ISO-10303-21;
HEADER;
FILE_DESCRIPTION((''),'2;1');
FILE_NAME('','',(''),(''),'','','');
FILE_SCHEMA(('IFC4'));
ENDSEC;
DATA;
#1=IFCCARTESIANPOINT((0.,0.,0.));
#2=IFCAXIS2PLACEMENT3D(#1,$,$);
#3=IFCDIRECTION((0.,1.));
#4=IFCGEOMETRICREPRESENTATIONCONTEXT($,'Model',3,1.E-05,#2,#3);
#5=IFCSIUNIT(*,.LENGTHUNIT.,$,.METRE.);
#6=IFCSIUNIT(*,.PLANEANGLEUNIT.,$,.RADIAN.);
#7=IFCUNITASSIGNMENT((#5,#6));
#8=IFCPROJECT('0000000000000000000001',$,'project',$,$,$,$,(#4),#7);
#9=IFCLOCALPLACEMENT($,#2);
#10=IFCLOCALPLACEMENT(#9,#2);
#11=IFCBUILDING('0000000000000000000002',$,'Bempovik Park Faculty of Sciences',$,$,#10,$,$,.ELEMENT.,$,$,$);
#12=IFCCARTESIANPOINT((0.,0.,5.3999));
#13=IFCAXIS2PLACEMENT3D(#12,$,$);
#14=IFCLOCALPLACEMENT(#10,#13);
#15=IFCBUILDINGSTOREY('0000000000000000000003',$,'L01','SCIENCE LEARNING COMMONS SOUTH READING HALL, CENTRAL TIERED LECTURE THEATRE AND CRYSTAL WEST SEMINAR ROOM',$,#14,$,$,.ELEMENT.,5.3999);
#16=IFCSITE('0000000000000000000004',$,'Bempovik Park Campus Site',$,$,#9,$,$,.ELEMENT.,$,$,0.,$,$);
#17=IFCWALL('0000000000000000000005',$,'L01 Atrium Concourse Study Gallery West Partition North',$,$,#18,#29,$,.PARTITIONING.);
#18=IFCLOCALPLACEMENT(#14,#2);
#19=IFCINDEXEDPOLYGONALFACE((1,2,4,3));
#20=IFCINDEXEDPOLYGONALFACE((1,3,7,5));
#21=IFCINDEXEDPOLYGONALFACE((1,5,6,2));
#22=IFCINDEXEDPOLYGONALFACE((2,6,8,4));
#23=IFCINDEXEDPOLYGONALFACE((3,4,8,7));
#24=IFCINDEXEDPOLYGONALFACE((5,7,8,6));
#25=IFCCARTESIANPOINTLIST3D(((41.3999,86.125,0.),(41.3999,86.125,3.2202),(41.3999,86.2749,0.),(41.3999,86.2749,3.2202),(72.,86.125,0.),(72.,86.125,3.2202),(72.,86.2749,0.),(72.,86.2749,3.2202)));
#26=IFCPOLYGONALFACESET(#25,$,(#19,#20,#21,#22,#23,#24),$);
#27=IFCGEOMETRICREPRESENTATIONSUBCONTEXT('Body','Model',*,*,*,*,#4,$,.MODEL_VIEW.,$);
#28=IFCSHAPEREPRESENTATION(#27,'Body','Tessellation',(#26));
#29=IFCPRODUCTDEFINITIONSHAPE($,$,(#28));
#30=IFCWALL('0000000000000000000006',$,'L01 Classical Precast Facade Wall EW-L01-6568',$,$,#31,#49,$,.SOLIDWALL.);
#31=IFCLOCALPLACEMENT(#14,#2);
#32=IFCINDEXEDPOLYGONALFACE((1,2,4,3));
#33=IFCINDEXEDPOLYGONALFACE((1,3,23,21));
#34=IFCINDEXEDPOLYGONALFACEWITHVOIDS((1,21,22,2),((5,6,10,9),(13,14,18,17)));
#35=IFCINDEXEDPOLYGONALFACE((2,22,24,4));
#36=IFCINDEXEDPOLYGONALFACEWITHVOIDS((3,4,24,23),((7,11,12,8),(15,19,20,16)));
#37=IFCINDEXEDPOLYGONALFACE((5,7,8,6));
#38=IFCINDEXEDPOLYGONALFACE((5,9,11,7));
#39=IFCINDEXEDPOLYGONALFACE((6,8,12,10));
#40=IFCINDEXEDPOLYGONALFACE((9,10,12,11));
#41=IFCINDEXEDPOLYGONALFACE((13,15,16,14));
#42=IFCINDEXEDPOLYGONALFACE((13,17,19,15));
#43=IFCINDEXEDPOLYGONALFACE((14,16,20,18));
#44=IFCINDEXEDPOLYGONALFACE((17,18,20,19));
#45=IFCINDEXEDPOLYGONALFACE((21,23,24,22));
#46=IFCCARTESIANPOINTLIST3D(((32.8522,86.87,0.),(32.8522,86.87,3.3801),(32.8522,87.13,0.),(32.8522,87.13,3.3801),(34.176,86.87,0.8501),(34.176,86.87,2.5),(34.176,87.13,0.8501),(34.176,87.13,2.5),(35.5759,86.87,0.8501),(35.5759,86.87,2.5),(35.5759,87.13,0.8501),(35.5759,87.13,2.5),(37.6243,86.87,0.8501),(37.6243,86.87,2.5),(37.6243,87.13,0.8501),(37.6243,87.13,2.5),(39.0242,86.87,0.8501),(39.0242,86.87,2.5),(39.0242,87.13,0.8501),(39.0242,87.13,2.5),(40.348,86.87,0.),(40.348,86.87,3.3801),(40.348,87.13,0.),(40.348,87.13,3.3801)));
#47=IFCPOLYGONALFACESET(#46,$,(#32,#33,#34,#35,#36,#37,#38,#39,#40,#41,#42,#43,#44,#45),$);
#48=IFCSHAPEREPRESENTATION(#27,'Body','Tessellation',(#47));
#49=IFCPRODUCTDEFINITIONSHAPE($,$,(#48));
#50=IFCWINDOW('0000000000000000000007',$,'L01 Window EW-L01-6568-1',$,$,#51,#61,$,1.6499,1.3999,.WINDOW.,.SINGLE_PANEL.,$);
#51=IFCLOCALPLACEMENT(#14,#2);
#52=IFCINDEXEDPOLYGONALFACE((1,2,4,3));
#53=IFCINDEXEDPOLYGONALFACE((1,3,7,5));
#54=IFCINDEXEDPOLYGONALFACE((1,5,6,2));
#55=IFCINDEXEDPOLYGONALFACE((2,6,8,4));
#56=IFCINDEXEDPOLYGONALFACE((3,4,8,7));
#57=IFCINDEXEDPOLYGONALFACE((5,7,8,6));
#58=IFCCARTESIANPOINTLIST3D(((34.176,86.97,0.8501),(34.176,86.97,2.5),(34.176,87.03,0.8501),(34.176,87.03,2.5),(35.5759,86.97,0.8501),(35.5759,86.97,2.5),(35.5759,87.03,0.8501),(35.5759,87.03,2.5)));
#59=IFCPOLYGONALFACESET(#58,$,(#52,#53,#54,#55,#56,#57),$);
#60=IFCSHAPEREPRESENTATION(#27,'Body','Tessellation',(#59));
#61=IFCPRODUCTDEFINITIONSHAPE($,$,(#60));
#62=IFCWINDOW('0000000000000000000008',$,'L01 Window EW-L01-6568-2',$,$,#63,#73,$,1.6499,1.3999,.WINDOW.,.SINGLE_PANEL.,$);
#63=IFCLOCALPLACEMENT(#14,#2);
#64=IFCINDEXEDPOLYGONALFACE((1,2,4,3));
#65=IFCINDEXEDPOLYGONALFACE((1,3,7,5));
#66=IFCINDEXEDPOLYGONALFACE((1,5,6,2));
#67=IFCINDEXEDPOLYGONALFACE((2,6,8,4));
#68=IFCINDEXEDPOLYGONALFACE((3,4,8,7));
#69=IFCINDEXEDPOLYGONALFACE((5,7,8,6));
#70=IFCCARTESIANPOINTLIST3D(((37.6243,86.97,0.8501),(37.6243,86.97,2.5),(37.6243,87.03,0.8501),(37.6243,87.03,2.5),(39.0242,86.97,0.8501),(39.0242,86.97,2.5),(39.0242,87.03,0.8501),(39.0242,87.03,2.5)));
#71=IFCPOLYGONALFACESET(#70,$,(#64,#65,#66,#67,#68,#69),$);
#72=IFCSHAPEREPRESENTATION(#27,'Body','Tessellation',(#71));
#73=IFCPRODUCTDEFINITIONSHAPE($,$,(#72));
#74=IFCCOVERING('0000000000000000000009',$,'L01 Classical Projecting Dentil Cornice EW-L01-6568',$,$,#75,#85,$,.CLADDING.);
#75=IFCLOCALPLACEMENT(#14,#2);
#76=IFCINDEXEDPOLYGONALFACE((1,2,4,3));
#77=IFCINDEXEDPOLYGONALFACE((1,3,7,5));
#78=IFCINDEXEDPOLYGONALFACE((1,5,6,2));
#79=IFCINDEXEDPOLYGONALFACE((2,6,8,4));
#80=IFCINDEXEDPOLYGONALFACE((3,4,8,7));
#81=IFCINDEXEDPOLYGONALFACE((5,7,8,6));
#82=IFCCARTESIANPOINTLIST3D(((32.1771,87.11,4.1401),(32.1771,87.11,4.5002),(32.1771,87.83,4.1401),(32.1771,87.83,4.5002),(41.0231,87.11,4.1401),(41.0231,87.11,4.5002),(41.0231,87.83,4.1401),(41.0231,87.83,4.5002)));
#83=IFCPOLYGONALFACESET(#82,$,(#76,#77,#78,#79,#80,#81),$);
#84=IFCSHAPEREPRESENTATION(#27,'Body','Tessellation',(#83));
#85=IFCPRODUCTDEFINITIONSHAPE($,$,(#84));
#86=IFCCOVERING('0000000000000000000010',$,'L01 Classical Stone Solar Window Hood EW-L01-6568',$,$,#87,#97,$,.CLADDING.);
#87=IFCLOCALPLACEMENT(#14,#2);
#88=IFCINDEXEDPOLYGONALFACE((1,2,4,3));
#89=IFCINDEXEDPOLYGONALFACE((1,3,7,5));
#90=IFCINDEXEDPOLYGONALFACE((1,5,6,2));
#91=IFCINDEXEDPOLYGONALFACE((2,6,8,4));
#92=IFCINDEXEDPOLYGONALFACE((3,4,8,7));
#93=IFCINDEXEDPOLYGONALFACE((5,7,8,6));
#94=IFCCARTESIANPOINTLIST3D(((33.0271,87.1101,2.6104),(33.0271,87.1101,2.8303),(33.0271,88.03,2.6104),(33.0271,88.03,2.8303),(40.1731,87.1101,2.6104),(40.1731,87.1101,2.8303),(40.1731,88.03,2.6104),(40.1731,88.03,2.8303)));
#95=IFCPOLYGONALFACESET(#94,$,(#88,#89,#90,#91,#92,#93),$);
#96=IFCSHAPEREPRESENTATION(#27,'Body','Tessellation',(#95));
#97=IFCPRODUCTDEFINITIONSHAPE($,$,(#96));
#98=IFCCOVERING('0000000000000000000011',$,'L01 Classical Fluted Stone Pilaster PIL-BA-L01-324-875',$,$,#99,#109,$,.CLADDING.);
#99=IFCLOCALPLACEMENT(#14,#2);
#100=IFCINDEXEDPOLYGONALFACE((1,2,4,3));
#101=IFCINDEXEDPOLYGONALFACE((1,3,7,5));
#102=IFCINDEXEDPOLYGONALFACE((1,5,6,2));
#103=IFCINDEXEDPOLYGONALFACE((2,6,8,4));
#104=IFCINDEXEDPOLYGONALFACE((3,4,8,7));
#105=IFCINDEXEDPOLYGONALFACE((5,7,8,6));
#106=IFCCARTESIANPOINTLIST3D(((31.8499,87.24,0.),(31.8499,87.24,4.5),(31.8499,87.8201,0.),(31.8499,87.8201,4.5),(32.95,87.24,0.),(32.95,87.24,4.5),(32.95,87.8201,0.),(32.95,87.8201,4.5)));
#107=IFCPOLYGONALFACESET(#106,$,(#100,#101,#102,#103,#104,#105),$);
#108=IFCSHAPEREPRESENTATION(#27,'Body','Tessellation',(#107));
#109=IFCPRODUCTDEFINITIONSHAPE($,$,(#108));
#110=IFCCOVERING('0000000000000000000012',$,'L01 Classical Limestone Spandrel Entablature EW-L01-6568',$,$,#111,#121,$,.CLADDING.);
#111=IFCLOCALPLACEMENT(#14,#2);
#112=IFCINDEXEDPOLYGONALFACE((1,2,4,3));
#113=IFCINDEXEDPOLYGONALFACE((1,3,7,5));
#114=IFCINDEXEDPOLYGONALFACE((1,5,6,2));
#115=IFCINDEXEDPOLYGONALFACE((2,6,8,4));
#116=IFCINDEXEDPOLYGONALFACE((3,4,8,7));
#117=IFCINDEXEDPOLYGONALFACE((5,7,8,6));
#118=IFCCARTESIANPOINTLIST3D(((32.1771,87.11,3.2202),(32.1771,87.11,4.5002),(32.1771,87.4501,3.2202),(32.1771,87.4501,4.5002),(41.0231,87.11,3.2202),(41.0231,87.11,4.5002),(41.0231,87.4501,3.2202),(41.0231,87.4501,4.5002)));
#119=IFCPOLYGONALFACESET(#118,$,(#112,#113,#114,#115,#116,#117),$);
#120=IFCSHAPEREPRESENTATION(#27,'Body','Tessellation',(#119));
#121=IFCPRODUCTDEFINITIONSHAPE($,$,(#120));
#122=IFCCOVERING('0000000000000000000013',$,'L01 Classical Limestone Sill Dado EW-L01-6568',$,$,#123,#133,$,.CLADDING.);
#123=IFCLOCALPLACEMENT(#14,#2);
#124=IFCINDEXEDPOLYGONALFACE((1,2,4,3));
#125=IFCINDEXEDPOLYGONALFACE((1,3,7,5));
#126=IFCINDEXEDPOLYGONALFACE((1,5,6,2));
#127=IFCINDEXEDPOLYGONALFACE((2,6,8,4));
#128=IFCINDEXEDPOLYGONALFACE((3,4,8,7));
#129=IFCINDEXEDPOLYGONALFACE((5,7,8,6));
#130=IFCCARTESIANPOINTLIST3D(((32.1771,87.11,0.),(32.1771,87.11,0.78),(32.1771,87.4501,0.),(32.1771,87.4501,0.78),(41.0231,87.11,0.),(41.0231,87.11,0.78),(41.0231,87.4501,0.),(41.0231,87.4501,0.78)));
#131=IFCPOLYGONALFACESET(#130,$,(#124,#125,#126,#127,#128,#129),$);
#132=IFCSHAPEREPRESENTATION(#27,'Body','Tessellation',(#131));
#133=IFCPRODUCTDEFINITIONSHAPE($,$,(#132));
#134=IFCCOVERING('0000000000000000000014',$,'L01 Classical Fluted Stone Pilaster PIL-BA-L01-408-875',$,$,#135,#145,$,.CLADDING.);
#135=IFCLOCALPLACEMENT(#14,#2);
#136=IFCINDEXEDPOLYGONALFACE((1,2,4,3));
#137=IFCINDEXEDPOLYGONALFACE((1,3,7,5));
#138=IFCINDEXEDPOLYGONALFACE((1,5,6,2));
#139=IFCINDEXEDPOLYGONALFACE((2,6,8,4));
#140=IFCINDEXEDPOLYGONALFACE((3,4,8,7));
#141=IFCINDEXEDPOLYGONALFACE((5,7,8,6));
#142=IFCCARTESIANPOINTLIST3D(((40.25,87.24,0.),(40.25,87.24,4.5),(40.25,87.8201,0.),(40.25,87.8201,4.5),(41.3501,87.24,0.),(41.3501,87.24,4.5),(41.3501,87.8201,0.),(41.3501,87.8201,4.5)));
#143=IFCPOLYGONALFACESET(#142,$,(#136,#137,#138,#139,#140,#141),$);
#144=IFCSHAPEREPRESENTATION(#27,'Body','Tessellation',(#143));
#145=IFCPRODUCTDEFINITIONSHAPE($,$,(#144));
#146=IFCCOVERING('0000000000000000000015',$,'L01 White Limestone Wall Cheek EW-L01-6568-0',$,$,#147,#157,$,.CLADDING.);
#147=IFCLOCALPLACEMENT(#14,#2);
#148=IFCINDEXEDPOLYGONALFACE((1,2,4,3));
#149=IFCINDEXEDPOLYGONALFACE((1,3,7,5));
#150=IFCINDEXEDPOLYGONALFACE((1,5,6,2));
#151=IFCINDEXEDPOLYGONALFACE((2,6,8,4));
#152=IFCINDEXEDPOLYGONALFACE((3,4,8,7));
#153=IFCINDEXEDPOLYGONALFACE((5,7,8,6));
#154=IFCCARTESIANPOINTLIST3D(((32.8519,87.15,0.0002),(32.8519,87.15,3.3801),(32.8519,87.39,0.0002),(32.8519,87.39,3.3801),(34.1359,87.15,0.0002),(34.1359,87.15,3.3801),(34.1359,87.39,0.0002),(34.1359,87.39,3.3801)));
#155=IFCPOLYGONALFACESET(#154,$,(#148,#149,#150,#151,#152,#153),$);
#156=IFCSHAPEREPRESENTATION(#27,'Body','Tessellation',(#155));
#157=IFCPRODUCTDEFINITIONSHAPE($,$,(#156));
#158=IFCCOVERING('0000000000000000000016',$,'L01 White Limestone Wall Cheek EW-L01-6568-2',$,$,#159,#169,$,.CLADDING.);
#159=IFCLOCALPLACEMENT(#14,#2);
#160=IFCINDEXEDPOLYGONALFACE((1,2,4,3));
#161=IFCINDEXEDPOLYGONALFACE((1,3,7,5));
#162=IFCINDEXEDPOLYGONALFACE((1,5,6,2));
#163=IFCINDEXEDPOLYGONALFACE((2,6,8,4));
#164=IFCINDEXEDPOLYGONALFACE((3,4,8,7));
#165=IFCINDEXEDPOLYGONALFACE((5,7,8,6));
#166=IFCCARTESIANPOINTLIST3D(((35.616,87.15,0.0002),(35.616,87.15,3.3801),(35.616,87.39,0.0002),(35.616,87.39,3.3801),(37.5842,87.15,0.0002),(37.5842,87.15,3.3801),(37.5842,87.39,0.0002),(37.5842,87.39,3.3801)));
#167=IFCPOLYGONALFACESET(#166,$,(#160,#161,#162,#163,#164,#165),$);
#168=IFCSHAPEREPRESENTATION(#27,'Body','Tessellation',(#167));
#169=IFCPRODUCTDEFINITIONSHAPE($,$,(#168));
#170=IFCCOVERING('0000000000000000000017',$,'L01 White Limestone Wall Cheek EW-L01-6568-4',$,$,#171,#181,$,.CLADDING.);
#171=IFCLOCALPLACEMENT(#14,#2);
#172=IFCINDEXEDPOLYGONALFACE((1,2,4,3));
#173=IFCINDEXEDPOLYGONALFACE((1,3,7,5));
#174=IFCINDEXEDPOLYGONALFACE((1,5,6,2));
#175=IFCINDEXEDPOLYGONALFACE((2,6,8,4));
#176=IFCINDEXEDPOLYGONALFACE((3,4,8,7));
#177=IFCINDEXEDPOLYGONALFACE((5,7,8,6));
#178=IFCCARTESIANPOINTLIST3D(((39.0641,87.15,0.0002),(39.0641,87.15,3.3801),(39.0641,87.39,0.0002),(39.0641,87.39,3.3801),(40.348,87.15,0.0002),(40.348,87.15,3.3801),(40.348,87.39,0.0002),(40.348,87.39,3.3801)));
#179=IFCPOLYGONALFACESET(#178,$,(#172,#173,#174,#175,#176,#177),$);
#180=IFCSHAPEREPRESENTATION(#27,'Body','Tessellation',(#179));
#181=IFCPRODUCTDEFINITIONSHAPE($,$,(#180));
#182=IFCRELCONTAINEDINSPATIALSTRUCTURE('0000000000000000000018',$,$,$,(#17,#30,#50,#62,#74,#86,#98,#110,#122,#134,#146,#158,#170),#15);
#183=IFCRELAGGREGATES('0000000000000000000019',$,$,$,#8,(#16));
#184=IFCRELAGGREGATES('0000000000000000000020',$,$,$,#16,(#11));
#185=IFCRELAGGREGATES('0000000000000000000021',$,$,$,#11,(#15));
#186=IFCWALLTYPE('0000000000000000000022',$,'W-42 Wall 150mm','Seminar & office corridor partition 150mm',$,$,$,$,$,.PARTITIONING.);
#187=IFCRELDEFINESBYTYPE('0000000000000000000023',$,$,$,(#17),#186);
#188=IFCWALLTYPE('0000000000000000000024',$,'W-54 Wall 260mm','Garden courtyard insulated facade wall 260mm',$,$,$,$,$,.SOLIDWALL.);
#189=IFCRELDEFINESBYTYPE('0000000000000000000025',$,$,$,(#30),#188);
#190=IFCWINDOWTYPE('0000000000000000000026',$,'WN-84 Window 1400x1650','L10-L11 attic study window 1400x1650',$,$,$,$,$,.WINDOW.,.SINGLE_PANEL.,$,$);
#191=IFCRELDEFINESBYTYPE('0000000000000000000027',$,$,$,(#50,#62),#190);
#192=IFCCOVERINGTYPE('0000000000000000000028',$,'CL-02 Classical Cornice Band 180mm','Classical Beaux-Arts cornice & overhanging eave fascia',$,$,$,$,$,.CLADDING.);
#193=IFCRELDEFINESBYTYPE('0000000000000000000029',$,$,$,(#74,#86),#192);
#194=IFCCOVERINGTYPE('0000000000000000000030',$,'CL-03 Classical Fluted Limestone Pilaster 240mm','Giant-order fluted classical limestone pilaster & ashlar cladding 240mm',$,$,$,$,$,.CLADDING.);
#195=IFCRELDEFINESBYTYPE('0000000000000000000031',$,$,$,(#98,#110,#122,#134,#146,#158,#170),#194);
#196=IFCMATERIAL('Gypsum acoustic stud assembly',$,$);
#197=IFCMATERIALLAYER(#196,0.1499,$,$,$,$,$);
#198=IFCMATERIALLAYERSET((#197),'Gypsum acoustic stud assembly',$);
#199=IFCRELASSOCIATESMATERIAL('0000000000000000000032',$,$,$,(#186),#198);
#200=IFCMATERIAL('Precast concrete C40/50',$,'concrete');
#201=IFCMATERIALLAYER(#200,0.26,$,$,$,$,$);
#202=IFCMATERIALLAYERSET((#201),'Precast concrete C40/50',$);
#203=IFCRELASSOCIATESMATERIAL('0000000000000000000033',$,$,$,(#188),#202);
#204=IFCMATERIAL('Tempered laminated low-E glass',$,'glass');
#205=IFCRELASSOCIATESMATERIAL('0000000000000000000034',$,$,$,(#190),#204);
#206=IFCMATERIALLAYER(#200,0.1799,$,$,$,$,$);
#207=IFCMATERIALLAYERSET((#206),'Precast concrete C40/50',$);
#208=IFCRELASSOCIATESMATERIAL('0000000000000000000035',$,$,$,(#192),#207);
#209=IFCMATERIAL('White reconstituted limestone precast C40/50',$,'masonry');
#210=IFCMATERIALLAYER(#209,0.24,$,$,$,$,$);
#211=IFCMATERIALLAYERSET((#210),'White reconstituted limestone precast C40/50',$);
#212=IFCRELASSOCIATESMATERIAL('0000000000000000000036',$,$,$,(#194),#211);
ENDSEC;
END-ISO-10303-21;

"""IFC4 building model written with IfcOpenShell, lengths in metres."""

from ifc_helpers import new_model, si_unit, direction, frame, frame_2d, origin, origin_2d, place, context, subcontext, project, spatial, rectangle, extrude, material, layer, layer_set, type_object, element, fill, save


model = new_model("IFC4")

# Units and contexts
model_context = context("Model", 3, precision=1e-05, world=origin(), true_north=direction((0.0, 1.0)))
body_context = subcontext(model_context, "Body", "Model", "MODEL_VIEW")
ifc_project = project(units=[si_unit("LENGTHUNIT", "METRE"), si_unit("PLANEANGLEUNIT", "RADIAN")], contexts=[model_context])

# Site, building, storey
site_placement = place(None, origin())
site = spatial("IfcSite", under=ifc_project, at=site_placement, Name="Bempovik Park Campus Site", CompositionType="ELEMENT", RefElevation=0.0)
building_placement = place(site_placement, origin())
building = spatial("IfcBuilding", under=site, at=building_placement, Name="Bempovik Park Faculty of Sciences", CompositionType="ELEMENT")
storey_placement = place(building_placement, frame((0.0, 0.0, 5.3999)))
storey = spatial("IfcBuildingStorey", under=building, at=storey_placement, Name="L01", Description="SCIENCE LEARNING COMMONS SOUTH READING HALL, CENTRAL TIERED LECTURE THEATRE AND CRYSTAL WEST SEMINAR ROOM", CompositionType="ELEMENT", Elevation=5.3999)

# Shared definitions
ifc_material_1 = material(Name="Tempered laminated low-E glass", Category="glass")

# Wall
ifc_material_2 = material(Name="Gypsum acoustic stud assembly")
ifc_layer_1 = layer(ifc_material_2, 0.1499)
ifc_layer_set_1 = layer_set([ifc_layer_1], Name="Gypsum acoustic stud assembly")
wall_type_1 = type_object("IfcWallType", Name="W-42 Wall 150mm", Description="Seminar & office corridor partition 150mm", PredefinedType="PARTITIONING", material=ifc_layer_set_1)
wall_1_placement = place(storey_placement, frame((41.3999, 86.2, 0.0), z_axis=(0.0, 0.0, 1.0), x_axis=(1.0, 0.0, 0.0)))
element("IfcWall", 1, at=wall_1_placement, inside=storey, type_object=wall_type_1, Name="L01 Atrium Concourse Study Gallery West Partition North", PredefinedType="PARTITIONING", context=body_context, shape_type="SweptSolid", body=[
    extrude(rectangle(XDim=30.6001, YDim=0.1499, at=frame_2d((15.3, 0.0))), origin(), (0.0, 0.0, 1.0), 3.2202),
])

# Wall, openings, windows
ifc_material_3 = material(Name="Precast concrete C40/50", Category="concrete")
ifc_layer_2 = layer(ifc_material_3, 0.26)
ifc_layer_set_2 = layer_set([ifc_layer_2], Name="Precast concrete C40/50")
wall_type_2 = type_object("IfcWallType", Name="W-54 Wall 260mm", Description="Garden courtyard insulated facade wall 260mm", PredefinedType="SOLIDWALL", material=ifc_layer_set_2)
wall_2_placement = place(storey_placement, frame((32.8521, 87.0, 0.0), z_axis=(0.0, 0.0, 1.0), x_axis=(1.0, 0.0, 0.0)))
wall_2 = element("IfcWall", 2, at=wall_2_placement, inside=storey, type_object=wall_type_2, Name="L01 Classical Precast Facade Wall EW-L01-6568", PredefinedType="SOLIDWALL", context=body_context, shape_type="SweptSolid", body=[
    extrude(rectangle(XDim=7.4958, YDim=0.26, at=frame_2d((3.748, 0.0))), origin(), (0.0, 0.0, 1.0), 3.3801),
])
opening_1_placement = place(wall_2_placement, frame((1.324, 0.0, 0.8501)))
opening_1 = element("IfcOpeningElement", 3, at=opening_1_placement, cuts=wall_2, PredefinedType="OPENING", context=body_context, shape_type="SweptSolid", body=[
    extrude(rectangle(XDim=1.3999, YDim=1.6499, at=frame_2d((0.7, 0.825))), frame((0.0, 0.1401, 0.0), z_axis=(0.0, -1.0, 0.0), x_axis=(1.0, 0.0, 0.0)), (0.0, 0.0, 1.0), 0.28),
])
opening_2_placement = place(wall_2_placement, frame((4.7722, 0.0, 0.8501)))
opening_2 = element("IfcOpeningElement", 4, at=opening_2_placement, cuts=wall_2, PredefinedType="OPENING", context=body_context, shape_type="SweptSolid", body=[
    extrude(rectangle(XDim=1.3999, YDim=1.6499, at=frame_2d((0.7, 0.825))), frame((0.0, 0.1401, 0.0), z_axis=(0.0, -1.0, 0.0), x_axis=(1.0, 0.0, 0.0)), (0.0, 0.0, 1.0), 0.28),
])
window_type = type_object("IfcWindowType", Name="WN-84 Window 1400x1650", Description="L10-L11 attic study window 1400x1650", PartitioningType="SINGLE_PANEL", PredefinedType="WINDOW", material=ifc_material_1)
window_1_placement = place(opening_1_placement, origin())
window_1 = element("IfcWindow", 5, at=window_1_placement, inside=storey, type_object=window_type, Name="L01 Window EW-L01-6568-1", OverallHeight=1.6499, OverallWidth=1.3999, PartitioningType="SINGLE_PANEL", PredefinedType="WINDOW", context=body_context, shape_type="SweptSolid", body=[
    extrude(rectangle(XDim=1.3999, YDim=1.6499, at=frame_2d((0.7, 0.825))), frame((0.0, 0.03, 0.0), z_axis=(0.0, -1.0, 0.0), x_axis=(1.0, 0.0, 0.0)), (0.0, 0.0, 1.0), 0.0601),
])
fill(opening_1, window_1)
window_2_placement = place(opening_2_placement, origin())
window_2 = element("IfcWindow", 6, at=window_2_placement, inside=storey, type_object=window_type, Name="L01 Window EW-L01-6568-2", OverallHeight=1.6499, OverallWidth=1.3999, PartitioningType="SINGLE_PANEL", PredefinedType="WINDOW", context=body_context, shape_type="SweptSolid", body=[
    extrude(rectangle(XDim=1.3999, YDim=1.6499, at=frame_2d((0.7, 0.825))), frame((0.0, 0.03, 0.0), z_axis=(0.0, -1.0, 0.0), x_axis=(1.0, 0.0, 0.0)), (0.0, 0.0, 1.0), 0.0601),
])
fill(opening_2, window_2)

# Coverings
ifc_layer_3 = layer(ifc_material_3, 0.1799)
ifc_layer_set_3 = layer_set([ifc_layer_3], Name="Precast concrete C40/50")
covering_type_1 = type_object("IfcCoveringType", Name="CL-02 Classical Cornice Band 180mm", Description="Classical Beaux-Arts cornice & overhanging eave fascia", PredefinedType="CLADDING", material=ifc_layer_set_3)
covering_1_placement = place(storey_placement, frame((36.6001, 87.47, 4.1401), z_axis=(0.0, 0.0, 1.0), x_axis=(1.0, 0.0, 0.0)))
element("IfcCovering", 7, at=covering_1_placement, inside=storey, type_object=covering_type_1, Name="L01 Classical Projecting Dentil Cornice EW-L01-6568", PredefinedType="CLADDING", context=body_context, shape_type="SweptSolid", body=[
    extrude(rectangle(XDim=8.8459, YDim=0.72, at=origin_2d()), origin(), (0.0, 0.0, 1.0), 0.3601),
])
covering_2_placement = place(storey_placement, frame((36.6001, 87.5701, 2.6104), z_axis=(0.0, 0.0, 1.0), x_axis=(1.0, 0.0, 0.0)))
element("IfcCovering", 8, at=covering_2_placement, inside=storey, type_object=covering_type_1, Name="L01 Classical Stone Solar Window Hood EW-L01-6568", PredefinedType="CLADDING", context=body_context, shape_type="SweptSolid", body=[
    extrude(rectangle(XDim=7.146, YDim=0.9199, at=origin_2d()), origin(), (0.0, 0.0, 1.0), 0.22),
])
ifc_material_4 = material(Name="White reconstituted limestone precast C40/50", Category="masonry")
ifc_layer_4 = layer(ifc_material_4, 0.24)
ifc_layer_set_4 = layer_set([ifc_layer_4], Name="White reconstituted limestone precast C40/50")
covering_type_2 = type_object("IfcCoveringType", Name="CL-03 Classical Fluted Limestone Pilaster 240mm", Description="Giant-order fluted classical limestone pilaster & ashlar cladding 240mm", PredefinedType="CLADDING", material=ifc_layer_set_4)
covering_3_placement = place(storey_placement, frame((32.3999, 87.53, 0.0), z_axis=(0.0, 0.0, 1.0), x_axis=(1.0, 0.0, 0.0)))
element("IfcCovering", 9, at=covering_3_placement, inside=storey, type_object=covering_type_2, Name="L01 Classical Fluted Stone Pilaster PIL-BA-L01-324-875", PredefinedType="CLADDING", context=body_context, shape_type="SweptSolid", body=[
    extrude(rectangle(XDim=1.1001, YDim=0.5801, at=origin_2d()), origin(), (0.0, 0.0, 1.0), 4.5),
])
covering_4_placement = place(storey_placement, frame((36.6001, 87.28, 3.2202), z_axis=(0.0, 0.0, 1.0), x_axis=(1.0, 0.0, 0.0)))
element("IfcCovering", 10, at=covering_4_placement, inside=storey, type_object=covering_type_2, Name="L01 Classical Limestone Spandrel Entablature EW-L01-6568", PredefinedType="CLADDING", context=body_context, shape_type="SweptSolid", body=[
    extrude(rectangle(XDim=8.8459, YDim=0.3401, at=origin_2d()), origin(), (0.0, 0.0, 1.0), 1.28),
])
covering_5_placement = place(storey_placement, frame((36.6001, 87.28, 0.0), z_axis=(0.0, 0.0, 1.0), x_axis=(1.0, 0.0, 0.0)))
element("IfcCovering", 11, at=covering_5_placement, inside=storey, type_object=covering_type_2, Name="L01 Classical Limestone Sill Dado EW-L01-6568", PredefinedType="CLADDING", context=body_context, shape_type="SweptSolid", body=[
    extrude(rectangle(XDim=8.8459, YDim=0.3401, at=origin_2d()), origin(), (0.0, 0.0, 1.0), 0.78),
])
covering_6_placement = place(storey_placement, frame((40.8, 87.53, 0.0), z_axis=(0.0, 0.0, 1.0), x_axis=(1.0, 0.0, 0.0)))
element("IfcCovering", 12, at=covering_6_placement, inside=storey, type_object=covering_type_2, Name="L01 Classical Fluted Stone Pilaster PIL-BA-L01-408-875", PredefinedType="CLADDING", context=body_context, shape_type="SweptSolid", body=[
    extrude(rectangle(XDim=1.1001, YDim=0.5801, at=origin_2d()), origin(), (0.0, 0.0, 1.0), 4.5),
])
covering_7_placement = place(storey_placement, frame((33.4939, 87.27, 0.0002), z_axis=(0.0, 0.0, 1.0), x_axis=(1.0, 0.0, 0.0)))
element("IfcCovering", 13, at=covering_7_placement, inside=storey, type_object=covering_type_2, Name="L01 White Limestone Wall Cheek EW-L01-6568-0", PredefinedType="CLADDING", context=body_context, shape_type="SweptSolid", body=[
    extrude(rectangle(XDim=1.2839, YDim=0.24, at=origin_2d()), origin(), (0.0, 0.0, 1.0), 3.3799),
])
covering_8_placement = place(storey_placement, frame((36.6001, 87.27, 0.0002), z_axis=(0.0, 0.0, 1.0), x_axis=(1.0, 0.0, 0.0)))
element("IfcCovering", 14, at=covering_8_placement, inside=storey, type_object=covering_type_2, Name="L01 White Limestone Wall Cheek EW-L01-6568-2", PredefinedType="CLADDING", context=body_context, shape_type="SweptSolid", body=[
    extrude(rectangle(XDim=1.9683, YDim=0.24, at=origin_2d()), origin(), (0.0, 0.0, 1.0), 3.3799),
])
covering_9_placement = place(storey_placement, frame((39.7061, 87.27, 0.0002), z_axis=(0.0, 0.0, 1.0), x_axis=(1.0, 0.0, 0.0)))
element("IfcCovering", 15, at=covering_9_placement, inside=storey, type_object=covering_type_2, Name="L01 White Limestone Wall Cheek EW-L01-6568-4", PredefinedType="CLADDING", context=body_context, shape_type="SweptSolid", body=[
    extrude(rectangle(XDim=1.2839, YDim=0.24, at=origin_2d()), origin(), (0.0, 0.0, 1.0), 3.3799),
])

save(model, "model.ifc")
